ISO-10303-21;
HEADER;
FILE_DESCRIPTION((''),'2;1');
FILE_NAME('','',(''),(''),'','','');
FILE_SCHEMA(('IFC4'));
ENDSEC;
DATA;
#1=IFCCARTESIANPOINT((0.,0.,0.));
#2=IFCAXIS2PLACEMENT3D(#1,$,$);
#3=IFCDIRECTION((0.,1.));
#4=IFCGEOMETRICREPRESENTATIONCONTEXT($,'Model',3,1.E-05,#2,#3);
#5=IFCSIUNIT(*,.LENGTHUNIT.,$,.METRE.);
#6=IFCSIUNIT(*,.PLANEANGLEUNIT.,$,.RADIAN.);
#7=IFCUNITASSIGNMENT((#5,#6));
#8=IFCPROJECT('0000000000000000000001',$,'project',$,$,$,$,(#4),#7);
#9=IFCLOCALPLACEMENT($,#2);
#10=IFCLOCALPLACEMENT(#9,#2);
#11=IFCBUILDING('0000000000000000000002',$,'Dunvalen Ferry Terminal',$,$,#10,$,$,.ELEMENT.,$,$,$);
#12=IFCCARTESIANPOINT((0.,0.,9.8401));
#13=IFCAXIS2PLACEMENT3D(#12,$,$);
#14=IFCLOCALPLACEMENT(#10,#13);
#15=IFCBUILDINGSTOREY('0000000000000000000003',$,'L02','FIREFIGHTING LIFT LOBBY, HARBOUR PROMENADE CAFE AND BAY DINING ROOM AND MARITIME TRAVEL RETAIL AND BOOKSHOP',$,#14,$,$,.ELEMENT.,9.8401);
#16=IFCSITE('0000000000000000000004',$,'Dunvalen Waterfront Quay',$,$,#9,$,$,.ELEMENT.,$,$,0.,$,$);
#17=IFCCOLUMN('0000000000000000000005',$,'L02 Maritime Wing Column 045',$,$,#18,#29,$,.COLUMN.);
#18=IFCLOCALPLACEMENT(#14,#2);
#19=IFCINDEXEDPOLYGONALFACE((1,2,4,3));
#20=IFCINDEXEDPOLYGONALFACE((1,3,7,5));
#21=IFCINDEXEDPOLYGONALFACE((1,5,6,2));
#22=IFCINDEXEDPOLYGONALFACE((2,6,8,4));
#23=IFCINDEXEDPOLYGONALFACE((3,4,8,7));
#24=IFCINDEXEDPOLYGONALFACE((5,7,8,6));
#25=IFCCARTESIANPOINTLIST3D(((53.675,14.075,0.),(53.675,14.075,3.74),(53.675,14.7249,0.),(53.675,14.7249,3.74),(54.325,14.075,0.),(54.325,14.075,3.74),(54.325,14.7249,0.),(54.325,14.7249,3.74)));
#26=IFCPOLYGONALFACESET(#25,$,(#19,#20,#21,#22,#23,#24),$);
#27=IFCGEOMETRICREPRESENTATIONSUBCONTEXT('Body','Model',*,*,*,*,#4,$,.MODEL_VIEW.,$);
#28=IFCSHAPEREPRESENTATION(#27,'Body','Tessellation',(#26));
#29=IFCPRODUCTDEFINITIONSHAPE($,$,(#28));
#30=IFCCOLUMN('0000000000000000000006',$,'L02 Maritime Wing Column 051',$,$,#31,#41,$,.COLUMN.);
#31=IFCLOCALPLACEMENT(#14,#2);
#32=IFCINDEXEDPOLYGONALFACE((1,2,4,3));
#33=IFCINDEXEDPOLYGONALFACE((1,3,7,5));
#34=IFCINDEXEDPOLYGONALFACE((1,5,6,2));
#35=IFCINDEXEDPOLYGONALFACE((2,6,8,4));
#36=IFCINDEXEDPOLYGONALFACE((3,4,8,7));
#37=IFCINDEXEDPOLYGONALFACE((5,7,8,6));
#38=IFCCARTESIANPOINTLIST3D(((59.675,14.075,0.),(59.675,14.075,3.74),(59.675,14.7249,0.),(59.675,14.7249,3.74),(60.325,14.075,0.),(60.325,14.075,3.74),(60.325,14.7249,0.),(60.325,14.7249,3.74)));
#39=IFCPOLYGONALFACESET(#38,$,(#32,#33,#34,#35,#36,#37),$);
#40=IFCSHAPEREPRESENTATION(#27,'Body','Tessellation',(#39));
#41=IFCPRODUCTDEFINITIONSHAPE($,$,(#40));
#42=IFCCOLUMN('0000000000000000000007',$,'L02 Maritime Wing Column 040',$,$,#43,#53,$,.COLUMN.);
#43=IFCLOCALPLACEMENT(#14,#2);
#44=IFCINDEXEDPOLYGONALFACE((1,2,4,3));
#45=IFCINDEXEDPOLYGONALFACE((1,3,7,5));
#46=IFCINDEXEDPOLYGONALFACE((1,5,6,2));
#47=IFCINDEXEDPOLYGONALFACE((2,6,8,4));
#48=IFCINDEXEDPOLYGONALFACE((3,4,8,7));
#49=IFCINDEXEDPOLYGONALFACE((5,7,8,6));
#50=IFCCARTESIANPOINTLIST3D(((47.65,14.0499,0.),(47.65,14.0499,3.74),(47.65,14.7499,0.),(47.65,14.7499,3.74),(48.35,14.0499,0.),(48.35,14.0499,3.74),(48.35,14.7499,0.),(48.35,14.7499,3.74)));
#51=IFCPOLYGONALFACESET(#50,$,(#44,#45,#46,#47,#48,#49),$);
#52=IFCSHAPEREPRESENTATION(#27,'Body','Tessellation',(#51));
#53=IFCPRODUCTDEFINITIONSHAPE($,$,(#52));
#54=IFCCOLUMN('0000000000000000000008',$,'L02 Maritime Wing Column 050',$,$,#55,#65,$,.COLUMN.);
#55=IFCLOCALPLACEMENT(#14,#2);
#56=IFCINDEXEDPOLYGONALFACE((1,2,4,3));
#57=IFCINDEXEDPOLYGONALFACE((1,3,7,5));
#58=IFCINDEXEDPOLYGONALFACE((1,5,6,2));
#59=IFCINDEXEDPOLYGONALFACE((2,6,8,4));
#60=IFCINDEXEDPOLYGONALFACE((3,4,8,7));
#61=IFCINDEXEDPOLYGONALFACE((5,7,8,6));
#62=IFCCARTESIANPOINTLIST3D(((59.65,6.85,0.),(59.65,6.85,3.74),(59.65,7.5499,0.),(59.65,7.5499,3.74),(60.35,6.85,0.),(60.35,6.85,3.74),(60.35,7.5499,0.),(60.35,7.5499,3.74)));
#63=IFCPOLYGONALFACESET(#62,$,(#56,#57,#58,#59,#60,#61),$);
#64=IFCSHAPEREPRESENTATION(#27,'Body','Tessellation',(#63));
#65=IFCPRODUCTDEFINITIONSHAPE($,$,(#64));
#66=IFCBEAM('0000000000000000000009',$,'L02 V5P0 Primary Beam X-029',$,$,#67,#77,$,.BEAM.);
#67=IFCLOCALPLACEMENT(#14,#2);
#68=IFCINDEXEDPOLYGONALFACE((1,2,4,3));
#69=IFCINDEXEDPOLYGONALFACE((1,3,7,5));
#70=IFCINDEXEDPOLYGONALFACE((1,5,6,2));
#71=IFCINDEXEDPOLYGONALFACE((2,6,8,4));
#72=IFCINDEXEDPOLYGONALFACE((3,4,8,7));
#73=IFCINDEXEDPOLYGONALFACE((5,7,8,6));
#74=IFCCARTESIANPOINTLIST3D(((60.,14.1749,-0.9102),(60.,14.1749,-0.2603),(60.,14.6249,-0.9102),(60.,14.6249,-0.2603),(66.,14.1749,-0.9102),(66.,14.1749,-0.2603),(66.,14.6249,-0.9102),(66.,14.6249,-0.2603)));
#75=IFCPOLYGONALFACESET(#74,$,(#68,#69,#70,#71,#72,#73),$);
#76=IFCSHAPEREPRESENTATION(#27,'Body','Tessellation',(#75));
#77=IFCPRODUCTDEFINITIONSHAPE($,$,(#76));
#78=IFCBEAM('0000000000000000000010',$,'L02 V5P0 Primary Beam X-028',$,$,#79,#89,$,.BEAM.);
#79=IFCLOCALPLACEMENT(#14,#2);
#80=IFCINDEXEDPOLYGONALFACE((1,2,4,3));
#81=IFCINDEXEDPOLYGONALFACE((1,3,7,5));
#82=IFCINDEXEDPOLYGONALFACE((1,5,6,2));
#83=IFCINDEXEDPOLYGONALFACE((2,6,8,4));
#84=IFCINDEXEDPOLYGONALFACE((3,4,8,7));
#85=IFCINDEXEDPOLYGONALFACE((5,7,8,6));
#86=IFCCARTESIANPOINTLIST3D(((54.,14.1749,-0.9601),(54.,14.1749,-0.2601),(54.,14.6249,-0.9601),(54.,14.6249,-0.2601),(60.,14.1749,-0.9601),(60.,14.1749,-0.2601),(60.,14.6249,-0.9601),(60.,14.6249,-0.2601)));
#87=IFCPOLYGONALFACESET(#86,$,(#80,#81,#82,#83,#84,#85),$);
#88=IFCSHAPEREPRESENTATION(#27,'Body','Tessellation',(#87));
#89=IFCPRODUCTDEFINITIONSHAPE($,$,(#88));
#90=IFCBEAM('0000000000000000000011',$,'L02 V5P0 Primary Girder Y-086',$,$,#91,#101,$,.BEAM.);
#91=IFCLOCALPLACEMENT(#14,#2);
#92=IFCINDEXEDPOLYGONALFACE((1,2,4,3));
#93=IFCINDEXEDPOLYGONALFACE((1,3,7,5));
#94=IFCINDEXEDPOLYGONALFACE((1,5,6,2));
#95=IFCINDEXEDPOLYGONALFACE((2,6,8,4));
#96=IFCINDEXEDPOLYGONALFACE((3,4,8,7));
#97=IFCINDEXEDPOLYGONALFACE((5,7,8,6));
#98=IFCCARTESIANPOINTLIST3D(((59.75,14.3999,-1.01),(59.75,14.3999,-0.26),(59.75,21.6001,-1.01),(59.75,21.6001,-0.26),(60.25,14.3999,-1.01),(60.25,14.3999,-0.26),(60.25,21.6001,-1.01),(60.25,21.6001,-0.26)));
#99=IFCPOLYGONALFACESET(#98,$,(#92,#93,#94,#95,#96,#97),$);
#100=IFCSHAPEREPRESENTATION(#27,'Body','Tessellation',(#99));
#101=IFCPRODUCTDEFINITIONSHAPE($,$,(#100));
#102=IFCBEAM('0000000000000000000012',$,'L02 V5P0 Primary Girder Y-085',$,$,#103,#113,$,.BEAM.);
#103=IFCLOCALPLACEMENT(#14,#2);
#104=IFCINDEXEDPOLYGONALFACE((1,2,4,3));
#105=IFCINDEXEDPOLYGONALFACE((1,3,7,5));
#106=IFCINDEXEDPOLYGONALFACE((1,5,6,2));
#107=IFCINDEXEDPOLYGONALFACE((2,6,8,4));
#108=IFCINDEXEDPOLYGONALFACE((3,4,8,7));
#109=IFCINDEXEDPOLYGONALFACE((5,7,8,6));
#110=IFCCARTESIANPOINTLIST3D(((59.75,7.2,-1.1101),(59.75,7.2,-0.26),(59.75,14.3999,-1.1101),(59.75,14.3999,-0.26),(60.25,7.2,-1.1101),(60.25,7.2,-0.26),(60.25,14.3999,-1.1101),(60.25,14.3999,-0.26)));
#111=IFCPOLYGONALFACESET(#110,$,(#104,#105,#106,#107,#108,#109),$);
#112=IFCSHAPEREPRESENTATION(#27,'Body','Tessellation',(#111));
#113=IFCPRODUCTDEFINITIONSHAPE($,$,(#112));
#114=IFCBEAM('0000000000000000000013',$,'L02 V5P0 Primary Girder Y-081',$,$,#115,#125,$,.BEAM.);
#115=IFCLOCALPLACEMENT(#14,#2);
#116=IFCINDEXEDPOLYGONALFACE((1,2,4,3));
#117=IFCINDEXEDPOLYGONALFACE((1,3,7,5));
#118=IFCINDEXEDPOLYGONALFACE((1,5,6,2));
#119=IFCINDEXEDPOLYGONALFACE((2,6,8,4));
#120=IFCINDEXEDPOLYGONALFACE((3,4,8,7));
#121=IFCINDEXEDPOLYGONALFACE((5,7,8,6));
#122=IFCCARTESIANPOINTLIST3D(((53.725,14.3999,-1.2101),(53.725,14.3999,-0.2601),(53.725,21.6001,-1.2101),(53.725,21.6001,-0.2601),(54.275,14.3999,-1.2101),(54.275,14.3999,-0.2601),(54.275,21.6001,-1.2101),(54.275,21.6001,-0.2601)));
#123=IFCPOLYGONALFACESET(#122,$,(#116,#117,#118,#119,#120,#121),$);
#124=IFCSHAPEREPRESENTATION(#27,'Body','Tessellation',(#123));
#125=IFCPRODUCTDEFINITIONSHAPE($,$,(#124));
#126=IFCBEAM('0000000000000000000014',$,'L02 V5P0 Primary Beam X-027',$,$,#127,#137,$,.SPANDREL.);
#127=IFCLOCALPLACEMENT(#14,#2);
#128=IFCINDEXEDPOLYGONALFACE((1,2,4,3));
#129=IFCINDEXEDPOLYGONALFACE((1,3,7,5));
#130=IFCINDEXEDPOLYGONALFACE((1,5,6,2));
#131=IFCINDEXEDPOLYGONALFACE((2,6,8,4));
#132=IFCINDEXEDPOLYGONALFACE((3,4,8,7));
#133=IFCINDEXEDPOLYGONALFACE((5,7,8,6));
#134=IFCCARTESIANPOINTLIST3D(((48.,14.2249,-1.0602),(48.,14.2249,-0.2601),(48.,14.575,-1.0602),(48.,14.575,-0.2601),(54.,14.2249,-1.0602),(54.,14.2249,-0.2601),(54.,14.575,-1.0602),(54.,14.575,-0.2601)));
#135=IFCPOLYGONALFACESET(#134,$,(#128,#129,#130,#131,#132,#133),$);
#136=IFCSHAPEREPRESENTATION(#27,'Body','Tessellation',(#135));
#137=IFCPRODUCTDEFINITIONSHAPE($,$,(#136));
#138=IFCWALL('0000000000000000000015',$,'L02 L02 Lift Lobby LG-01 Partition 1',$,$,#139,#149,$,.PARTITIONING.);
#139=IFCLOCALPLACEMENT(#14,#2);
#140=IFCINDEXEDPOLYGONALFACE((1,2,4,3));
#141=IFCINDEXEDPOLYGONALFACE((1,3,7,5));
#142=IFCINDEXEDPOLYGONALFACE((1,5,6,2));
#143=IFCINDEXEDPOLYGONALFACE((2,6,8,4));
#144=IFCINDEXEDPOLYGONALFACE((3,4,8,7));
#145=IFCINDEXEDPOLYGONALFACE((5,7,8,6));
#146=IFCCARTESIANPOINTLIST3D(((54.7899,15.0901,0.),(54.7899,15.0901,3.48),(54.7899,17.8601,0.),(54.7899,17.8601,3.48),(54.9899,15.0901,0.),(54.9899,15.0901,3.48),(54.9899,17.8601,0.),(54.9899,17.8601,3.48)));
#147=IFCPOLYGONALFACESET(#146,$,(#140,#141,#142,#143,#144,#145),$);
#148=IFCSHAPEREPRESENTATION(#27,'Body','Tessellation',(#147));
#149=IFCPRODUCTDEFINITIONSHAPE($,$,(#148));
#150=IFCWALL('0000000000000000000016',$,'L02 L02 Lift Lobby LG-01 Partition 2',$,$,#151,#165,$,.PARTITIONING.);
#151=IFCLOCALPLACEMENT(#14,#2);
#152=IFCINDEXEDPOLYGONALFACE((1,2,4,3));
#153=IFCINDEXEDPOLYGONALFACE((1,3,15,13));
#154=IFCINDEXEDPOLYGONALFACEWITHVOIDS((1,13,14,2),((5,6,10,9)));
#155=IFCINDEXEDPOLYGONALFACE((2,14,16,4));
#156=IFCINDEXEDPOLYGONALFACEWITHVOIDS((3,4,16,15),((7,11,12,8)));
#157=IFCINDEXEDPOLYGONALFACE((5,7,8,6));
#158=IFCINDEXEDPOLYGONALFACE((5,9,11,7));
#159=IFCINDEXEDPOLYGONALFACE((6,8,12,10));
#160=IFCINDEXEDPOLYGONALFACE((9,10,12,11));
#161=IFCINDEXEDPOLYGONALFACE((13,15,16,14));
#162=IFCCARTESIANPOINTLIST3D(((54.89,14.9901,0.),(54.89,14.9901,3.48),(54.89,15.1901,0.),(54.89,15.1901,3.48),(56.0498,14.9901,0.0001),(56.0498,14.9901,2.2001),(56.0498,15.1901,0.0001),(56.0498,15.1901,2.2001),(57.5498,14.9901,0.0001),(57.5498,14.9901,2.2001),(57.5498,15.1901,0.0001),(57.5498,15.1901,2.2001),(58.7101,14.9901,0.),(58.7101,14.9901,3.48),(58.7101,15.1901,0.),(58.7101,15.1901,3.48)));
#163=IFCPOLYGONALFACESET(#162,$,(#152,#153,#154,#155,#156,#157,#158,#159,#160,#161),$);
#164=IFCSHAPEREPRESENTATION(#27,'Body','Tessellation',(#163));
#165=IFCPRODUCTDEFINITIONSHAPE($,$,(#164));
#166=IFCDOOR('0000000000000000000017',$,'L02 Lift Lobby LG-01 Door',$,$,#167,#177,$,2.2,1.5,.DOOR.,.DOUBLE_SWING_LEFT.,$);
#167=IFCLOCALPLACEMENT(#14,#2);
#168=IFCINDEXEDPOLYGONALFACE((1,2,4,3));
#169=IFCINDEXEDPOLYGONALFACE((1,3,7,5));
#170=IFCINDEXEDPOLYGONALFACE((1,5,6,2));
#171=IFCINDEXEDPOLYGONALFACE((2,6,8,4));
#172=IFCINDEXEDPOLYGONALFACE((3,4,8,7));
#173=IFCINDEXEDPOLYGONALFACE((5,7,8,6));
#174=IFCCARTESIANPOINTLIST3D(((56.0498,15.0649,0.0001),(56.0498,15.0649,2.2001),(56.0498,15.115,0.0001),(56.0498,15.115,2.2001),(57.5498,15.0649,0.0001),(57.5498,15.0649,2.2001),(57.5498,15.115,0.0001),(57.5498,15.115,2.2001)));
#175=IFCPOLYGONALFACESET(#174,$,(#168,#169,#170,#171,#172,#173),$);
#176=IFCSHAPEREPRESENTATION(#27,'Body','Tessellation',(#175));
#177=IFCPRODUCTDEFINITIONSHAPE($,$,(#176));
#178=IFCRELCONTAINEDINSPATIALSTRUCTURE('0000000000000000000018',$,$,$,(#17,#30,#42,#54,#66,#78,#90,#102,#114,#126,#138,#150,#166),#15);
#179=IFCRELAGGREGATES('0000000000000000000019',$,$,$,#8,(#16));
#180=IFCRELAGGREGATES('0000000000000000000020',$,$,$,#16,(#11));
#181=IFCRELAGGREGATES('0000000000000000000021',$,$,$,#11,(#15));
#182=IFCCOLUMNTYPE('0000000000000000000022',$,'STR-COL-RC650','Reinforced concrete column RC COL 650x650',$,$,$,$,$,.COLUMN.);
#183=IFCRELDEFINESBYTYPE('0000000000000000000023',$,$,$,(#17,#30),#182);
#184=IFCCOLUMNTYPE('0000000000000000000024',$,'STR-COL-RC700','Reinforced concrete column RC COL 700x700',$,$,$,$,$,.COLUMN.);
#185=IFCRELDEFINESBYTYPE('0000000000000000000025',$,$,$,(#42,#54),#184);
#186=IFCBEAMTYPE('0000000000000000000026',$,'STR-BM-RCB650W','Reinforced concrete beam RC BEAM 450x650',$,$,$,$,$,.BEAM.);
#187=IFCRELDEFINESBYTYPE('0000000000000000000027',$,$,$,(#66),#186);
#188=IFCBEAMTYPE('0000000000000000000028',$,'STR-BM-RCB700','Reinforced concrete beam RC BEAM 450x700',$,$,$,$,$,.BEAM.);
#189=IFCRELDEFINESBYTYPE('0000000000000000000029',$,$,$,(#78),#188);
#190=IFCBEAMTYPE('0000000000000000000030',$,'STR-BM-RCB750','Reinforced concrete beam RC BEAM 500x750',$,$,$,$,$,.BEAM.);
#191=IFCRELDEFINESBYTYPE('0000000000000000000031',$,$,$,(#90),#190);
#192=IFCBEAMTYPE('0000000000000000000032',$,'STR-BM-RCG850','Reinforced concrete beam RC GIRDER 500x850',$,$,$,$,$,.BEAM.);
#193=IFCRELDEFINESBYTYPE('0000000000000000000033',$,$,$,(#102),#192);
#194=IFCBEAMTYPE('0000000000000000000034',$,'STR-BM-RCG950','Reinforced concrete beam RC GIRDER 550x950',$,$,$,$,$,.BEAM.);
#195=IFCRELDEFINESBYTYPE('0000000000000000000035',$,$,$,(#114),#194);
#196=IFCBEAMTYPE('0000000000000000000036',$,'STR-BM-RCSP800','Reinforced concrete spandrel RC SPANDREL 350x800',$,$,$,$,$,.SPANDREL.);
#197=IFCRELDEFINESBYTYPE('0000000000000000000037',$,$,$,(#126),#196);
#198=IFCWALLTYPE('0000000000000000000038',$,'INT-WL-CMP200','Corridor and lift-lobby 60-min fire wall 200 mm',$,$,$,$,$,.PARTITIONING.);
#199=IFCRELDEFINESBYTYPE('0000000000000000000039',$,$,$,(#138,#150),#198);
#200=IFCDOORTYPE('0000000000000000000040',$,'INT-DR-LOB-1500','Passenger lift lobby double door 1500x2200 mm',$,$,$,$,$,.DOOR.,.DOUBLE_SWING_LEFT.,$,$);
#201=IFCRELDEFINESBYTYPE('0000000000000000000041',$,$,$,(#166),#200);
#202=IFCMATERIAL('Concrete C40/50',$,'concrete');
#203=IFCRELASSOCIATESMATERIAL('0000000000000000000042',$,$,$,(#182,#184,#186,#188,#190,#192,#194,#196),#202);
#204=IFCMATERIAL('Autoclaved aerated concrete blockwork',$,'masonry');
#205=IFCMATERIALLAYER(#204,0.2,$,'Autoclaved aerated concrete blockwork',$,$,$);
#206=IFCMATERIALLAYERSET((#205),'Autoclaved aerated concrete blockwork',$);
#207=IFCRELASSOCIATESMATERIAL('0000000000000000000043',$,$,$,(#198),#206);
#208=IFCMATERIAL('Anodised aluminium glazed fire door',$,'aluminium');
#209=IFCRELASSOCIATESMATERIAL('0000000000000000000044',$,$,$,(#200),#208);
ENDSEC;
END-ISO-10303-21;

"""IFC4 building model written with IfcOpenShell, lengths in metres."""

from ifc_helpers import new_model, si_unit, direction, frame, frame_2d, origin, origin_2d, place, context, subcontext, project, spatial, rectangle, extrude, material, layer, layer_set, material_profile, profile_set, type_object, element, fill, save


model = new_model("IFC4")

# Units and contexts
model_context = context("Model", 3, precision=1e-05, world=origin(), true_north=direction((0.0, 1.0)))
body_context = subcontext(model_context, "Body", "Model", "MODEL_VIEW")
ifc_project = project(units=[si_unit("LENGTHUNIT", "METRE"), si_unit("PLANEANGLEUNIT", "RADIAN")], contexts=[model_context])

# Site, building, storey
site_placement = place(None, origin())
site = spatial("IfcSite", under=ifc_project, at=site_placement, Name="Dunvalen Waterfront Quay", CompositionType="ELEMENT", RefElevation=0.0)
building_placement = place(site_placement, origin())
building = spatial("IfcBuilding", under=site, at=building_placement, Name="Dunvalen Ferry Terminal", CompositionType="ELEMENT")
storey_placement = place(building_placement, frame((0.0, 0.0, 9.8401)))
storey = spatial("IfcBuildingStorey", under=building, at=storey_placement, Name="L02", Description="FIREFIGHTING LIFT LOBBY, HARBOUR PROMENADE CAFE AND BAY DINING ROOM AND MARITIME TRAVEL RETAIL AND BOOKSHOP", CompositionType="ELEMENT", Elevation=9.8401)

# Columns
ifc_material_1 = material(Name="Concrete C40/50", Category="concrete")
ifc_material_profile_1 = material_profile(ifc_material_1, rectangle(XDim=0.6499, YDim=0.6499, at=origin_2d()), Name="Concrete C40/50")
ifc_profile_set_1 = profile_set([ifc_material_profile_1], Name="Concrete C40/50")
column_type_1 = type_object("IfcColumnType", Name="STR-COL-RC650", Description="Reinforced concrete column RC COL 650x650", PredefinedType="COLUMN", material=ifc_profile_set_1)
for number, where, z_axis, x_axis, name in (
    (1, (54.0, 14.3999, 0.0), (0.0, 0.0, 1.0), (1.0, 0.0, 0.0), "L02 Maritime Wing Column 045"),
    (2, (60.0, 14.3999, 0.0), (0.0, 0.0, 1.0), (1.0, 0.0, 0.0), "L02 Maritime Wing Column 051"),
):
    element("IfcColumn", number, at=place(storey_placement, frame(where, z_axis=z_axis, x_axis=x_axis)), inside=storey, type_object=column_type_1, Name=name, PredefinedType="COLUMN", context=body_context, shape_type="SweptSolid", body=[
        extrude(rectangle(XDim=0.6499, YDim=0.6499, at=origin_2d()), origin(), (0.0, 0.0, 1.0), 3.74),
    ])
ifc_material_profile_2 = material_profile(ifc_material_1, rectangle(XDim=0.7, YDim=0.7, at=origin_2d()), Name="Concrete C40/50")
ifc_profile_set_2 = profile_set([ifc_material_profile_2], Name="Concrete C40/50")
column_type_2 = type_object("IfcColumnType", Name="STR-COL-RC700", Description="Reinforced concrete column RC COL 700x700", PredefinedType="COLUMN", material=ifc_profile_set_2)
for number, where, z_axis, x_axis, name in (
    (3, (48.0, 14.3999, 0.0), (0.0, 0.0, 1.0), (1.0, 0.0, 0.0), "L02 Maritime Wing Column 040"),
    (4, (60.0, 7.2, 0.0), (0.0, 0.0, 1.0), (1.0, 0.0, 0.0), "L02 Maritime Wing Column 050"),
):
    element("IfcColumn", number, at=place(storey_placement, frame(where, z_axis=z_axis, x_axis=x_axis)), inside=storey, type_object=column_type_2, Name=name, PredefinedType="COLUMN", context=body_context, shape_type="SweptSolid", body=[
        extrude(rectangle(XDim=0.7, YDim=0.7, at=origin_2d()), origin(), (0.0, 0.0, 1.0), 3.74),
    ])

# Beams
ifc_material_profile_3 = material_profile(ifc_material_1, rectangle(XDim=0.45, YDim=0.6499, at=origin_2d()), Name="Concrete C40/50")
ifc_profile_set_3 = profile_set([ifc_material_profile_3], Name="Concrete C40/50")
beam_type_1 = type_object("IfcBeamType", Name="STR-BM-RCB650W", Description="Reinforced concrete beam RC BEAM 450x650", PredefinedType="BEAM", material=ifc_profile_set_3)
beam_1_placement = place(storey_placement, frame((60.0, 14.3999, -0.5852), z_axis=(1.0, 0.0, 0.0), x_axis=(0.0, 1.0, 0.0)))
element("IfcBeam", 5, at=beam_1_placement, inside=storey, type_object=beam_type_1, Name="L02 V5P0 Primary Beam X-029", PredefinedType="BEAM", context=body_context, shape_type="SweptSolid", body=[
    extrude(rectangle(XDim=0.45, YDim=0.6499, at=origin_2d()), origin(), (0.0, 0.0, 1.0), 6.0),
])
ifc_material_profile_4 = material_profile(ifc_material_1, rectangle(XDim=0.45, YDim=0.7, at=origin_2d()), Name="Concrete C40/50")
ifc_profile_set_4 = profile_set([ifc_material_profile_4], Name="Concrete C40/50")
beam_type_2 = type_object("IfcBeamType", Name="STR-BM-RCB700", Description="Reinforced concrete beam RC BEAM 450x700", PredefinedType="BEAM", material=ifc_profile_set_4)
beam_2_placement = place(storey_placement, frame((54.0, 14.3999, -0.6101), z_axis=(1.0, 0.0, 0.0), x_axis=(0.0, 1.0, 0.0)))
element("IfcBeam", 6, at=beam_2_placement, inside=storey, type_object=beam_type_2, Name="L02 V5P0 Primary Beam X-028", PredefinedType="BEAM", context=body_context, shape_type="SweptSolid", body=[
    extrude(rectangle(XDim=0.45, YDim=0.7, at=origin_2d()), origin(), (0.0, 0.0, 1.0), 6.0),
])
ifc_material_profile_5 = material_profile(ifc_material_1, rectangle(XDim=0.5, YDim=0.75, at=origin_2d()), Name="Concrete C40/50")
ifc_profile_set_5 = profile_set([ifc_material_profile_5], Name="Concrete C40/50")
beam_type_3 = type_object("IfcBeamType", Name="STR-BM-RCB750", Description="Reinforced concrete beam RC BEAM 500x750", PredefinedType="BEAM", material=ifc_profile_set_5)
beam_3_placement = place(storey_placement, frame((60.0, 14.3999, -0.635), z_axis=(0.0, 1.0, 0.0), x_axis=(-1.0, 0.0, 0.0)))
element("IfcBeam", 7, at=beam_3_placement, inside=storey, type_object=beam_type_3, Name="L02 V5P0 Primary Girder Y-086", PredefinedType="BEAM", context=body_context, shape_type="SweptSolid", body=[
    extrude(rectangle(XDim=0.5, YDim=0.75, at=origin_2d()), origin(), (0.0, 0.0, 1.0), 7.2002),
])
ifc_material_profile_6 = material_profile(ifc_material_1, rectangle(XDim=0.5, YDim=0.8501, at=origin_2d()), Name="Concrete C40/50")
ifc_profile_set_6 = profile_set([ifc_material_profile_6], Name="Concrete C40/50")
beam_type_4 = type_object("IfcBeamType", Name="STR-BM-RCG850", Description="Reinforced concrete beam RC GIRDER 500x850", PredefinedType="BEAM", material=ifc_profile_set_6)
beam_4_placement = place(storey_placement, frame((60.0, 7.2, -0.6851), z_axis=(0.0, 1.0, 0.0), x_axis=(-1.0, 0.0, 0.0)))
element("IfcBeam", 8, at=beam_4_placement, inside=storey, type_object=beam_type_4, Name="L02 V5P0 Primary Girder Y-085", PredefinedType="BEAM", context=body_context, shape_type="SweptSolid", body=[
    extrude(rectangle(XDim=0.5, YDim=0.8501, at=origin_2d()), origin(), (0.0, 0.0, 1.0), 7.2),
])
ifc_material_profile_7 = material_profile(ifc_material_1, rectangle(XDim=0.55, YDim=0.95, at=origin_2d()), Name="Concrete C40/50")
ifc_profile_set_7 = profile_set([ifc_material_profile_7], Name="Concrete C40/50")
beam_type_5 = type_object("IfcBeamType", Name="STR-BM-RCG950", Description="Reinforced concrete beam RC GIRDER 550x950", PredefinedType="BEAM", material=ifc_profile_set_7)
beam_5_placement = place(storey_placement, frame((54.0, 14.3999, -0.7351), z_axis=(0.0, 1.0, 0.0), x_axis=(-1.0, 0.0, 0.0)))
element("IfcBeam", 9, at=beam_5_placement, inside=storey, type_object=beam_type_5, Name="L02 V5P0 Primary Girder Y-081", PredefinedType="BEAM", context=body_context, shape_type="SweptSolid", body=[
    extrude(rectangle(XDim=0.55, YDim=0.95, at=origin_2d()), origin(), (0.0, 0.0, 1.0), 7.2002),
])
ifc_material_profile_8 = material_profile(ifc_material_1, rectangle(XDim=0.3501, YDim=0.8, at=origin_2d()), Name="Concrete C40/50")
ifc_profile_set_8 = profile_set([ifc_material_profile_8], Name="Concrete C40/50")
beam_type_6 = type_object("IfcBeamType", Name="STR-BM-RCSP800", Description="Reinforced concrete spandrel RC SPANDREL 350x800", PredefinedType="SPANDREL", material=ifc_profile_set_8)
beam_6_placement = place(storey_placement, frame((48.0, 14.3999, -0.6602), z_axis=(1.0, 0.0, 0.0), x_axis=(0.0, 1.0, 0.0)))
element("IfcBeam", 10, at=beam_6_placement, inside=storey, type_object=beam_type_6, Name="L02 V5P0 Primary Beam X-027", PredefinedType="SPANDREL", context=body_context, shape_type="SweptSolid", body=[
    extrude(rectangle(XDim=0.3501, YDim=0.8, at=origin_2d()), origin(), (0.0, 0.0, 1.0), 6.0),
])

# Wall
ifc_material_2 = material(Name="Autoclaved aerated concrete blockwork", Category="masonry")
ifc_layer_1 = layer(ifc_material_2, 0.2, Name="Autoclaved aerated concrete blockwork")
ifc_layer_set_1 = layer_set([ifc_layer_1], Name="Autoclaved aerated concrete blockwork")
wall_type_1 = type_object("IfcWallType", Name="INT-WL-CMP200", Description="Corridor and lift-lobby 60-min fire wall 200 mm", PredefinedType="PARTITIONING", material=ifc_layer_set_1)
wall_1_placement = place(storey_placement, frame((54.8899, 17.8601, 0.0), z_axis=(0.0, 0.0, 1.0), x_axis=(0.0, -1.0, 0.0)))
element("IfcWall", 11, at=wall_1_placement, inside=storey, type_object=wall_type_1, Name="L02 L02 Lift Lobby LG-01 Partition 1", PredefinedType="PARTITIONING", context=body_context, shape_type="SweptSolid", body=[
    extrude(rectangle(XDim=2.77, YDim=0.2, at=frame_2d((1.385, 0.0))), origin(), (0.0, 0.0, 1.0), 3.48),
])

# Wall, opening, door
wall_2_placement = place(storey_placement, frame((54.8899, 15.0901, 0.0), z_axis=(0.0, 0.0, 1.0), x_axis=(1.0, 0.0, 0.0)))
wall_2 = element("IfcWall", 12, at=wall_2_placement, inside=storey, type_object=wall_type_1, Name="L02 L02 Lift Lobby LG-01 Partition 2", PredefinedType="PARTITIONING", context=body_context, shape_type="SweptSolid", body=[
    extrude(rectangle(XDim=3.8201, YDim=0.2, at=frame_2d((1.9102, 0.0))), origin(), (0.0, 0.0, 1.0), 3.48),
])
opening_1_placement = place(wall_2_placement, frame((1.1599, 0.0, 0.0)))
opening_1 = element("IfcOpeningElement", 13, at=opening_1_placement, cuts=wall_2, PredefinedType="OPENING", context=body_context, shape_type="SweptSolid", body=[
    extrude(rectangle(XDim=1.5, YDim=2.2, at=frame_2d((0.75, 1.1001))), frame((0.0, 0.1099, 0.0), z_axis=(0.0, -1.0, 0.0), x_axis=(1.0, 0.0, 0.0)), (0.0, 0.0, 1.0), 0.22),
])
ifc_material_3 = material(Name="Anodised aluminium glazed fire door", Category="aluminium")
door_type_1 = type_object("IfcDoorType", Name="INT-DR-LOB-1500", Description="Passenger lift lobby double door 1500x2200 mm", OperationType="DOUBLE_SWING_LEFT", PredefinedType="DOOR", material=ifc_material_3)
door_1_placement = place(opening_1_placement, origin())
door_1 = element("IfcDoor", 14, at=door_1_placement, inside=storey, type_object=door_type_1, Name="L02 Lift Lobby LG-01 Door", OperationType="DOUBLE_SWING_LEFT", OverallHeight=2.2, OverallWidth=1.5, PredefinedType="DOOR", context=body_context, shape_type="SweptSolid", body=[
    extrude(rectangle(XDim=1.5, YDim=2.2, at=frame_2d((0.75, 1.1001))), frame((0.0, 0.0249, 0.0), z_axis=(0.0, -1.0, 0.0), x_axis=(1.0, 0.0, 0.0)), (0.0, 0.0, 1.0), 0.05),
])
fill(opening_1, door_1)

save(model, "model.ifc")
